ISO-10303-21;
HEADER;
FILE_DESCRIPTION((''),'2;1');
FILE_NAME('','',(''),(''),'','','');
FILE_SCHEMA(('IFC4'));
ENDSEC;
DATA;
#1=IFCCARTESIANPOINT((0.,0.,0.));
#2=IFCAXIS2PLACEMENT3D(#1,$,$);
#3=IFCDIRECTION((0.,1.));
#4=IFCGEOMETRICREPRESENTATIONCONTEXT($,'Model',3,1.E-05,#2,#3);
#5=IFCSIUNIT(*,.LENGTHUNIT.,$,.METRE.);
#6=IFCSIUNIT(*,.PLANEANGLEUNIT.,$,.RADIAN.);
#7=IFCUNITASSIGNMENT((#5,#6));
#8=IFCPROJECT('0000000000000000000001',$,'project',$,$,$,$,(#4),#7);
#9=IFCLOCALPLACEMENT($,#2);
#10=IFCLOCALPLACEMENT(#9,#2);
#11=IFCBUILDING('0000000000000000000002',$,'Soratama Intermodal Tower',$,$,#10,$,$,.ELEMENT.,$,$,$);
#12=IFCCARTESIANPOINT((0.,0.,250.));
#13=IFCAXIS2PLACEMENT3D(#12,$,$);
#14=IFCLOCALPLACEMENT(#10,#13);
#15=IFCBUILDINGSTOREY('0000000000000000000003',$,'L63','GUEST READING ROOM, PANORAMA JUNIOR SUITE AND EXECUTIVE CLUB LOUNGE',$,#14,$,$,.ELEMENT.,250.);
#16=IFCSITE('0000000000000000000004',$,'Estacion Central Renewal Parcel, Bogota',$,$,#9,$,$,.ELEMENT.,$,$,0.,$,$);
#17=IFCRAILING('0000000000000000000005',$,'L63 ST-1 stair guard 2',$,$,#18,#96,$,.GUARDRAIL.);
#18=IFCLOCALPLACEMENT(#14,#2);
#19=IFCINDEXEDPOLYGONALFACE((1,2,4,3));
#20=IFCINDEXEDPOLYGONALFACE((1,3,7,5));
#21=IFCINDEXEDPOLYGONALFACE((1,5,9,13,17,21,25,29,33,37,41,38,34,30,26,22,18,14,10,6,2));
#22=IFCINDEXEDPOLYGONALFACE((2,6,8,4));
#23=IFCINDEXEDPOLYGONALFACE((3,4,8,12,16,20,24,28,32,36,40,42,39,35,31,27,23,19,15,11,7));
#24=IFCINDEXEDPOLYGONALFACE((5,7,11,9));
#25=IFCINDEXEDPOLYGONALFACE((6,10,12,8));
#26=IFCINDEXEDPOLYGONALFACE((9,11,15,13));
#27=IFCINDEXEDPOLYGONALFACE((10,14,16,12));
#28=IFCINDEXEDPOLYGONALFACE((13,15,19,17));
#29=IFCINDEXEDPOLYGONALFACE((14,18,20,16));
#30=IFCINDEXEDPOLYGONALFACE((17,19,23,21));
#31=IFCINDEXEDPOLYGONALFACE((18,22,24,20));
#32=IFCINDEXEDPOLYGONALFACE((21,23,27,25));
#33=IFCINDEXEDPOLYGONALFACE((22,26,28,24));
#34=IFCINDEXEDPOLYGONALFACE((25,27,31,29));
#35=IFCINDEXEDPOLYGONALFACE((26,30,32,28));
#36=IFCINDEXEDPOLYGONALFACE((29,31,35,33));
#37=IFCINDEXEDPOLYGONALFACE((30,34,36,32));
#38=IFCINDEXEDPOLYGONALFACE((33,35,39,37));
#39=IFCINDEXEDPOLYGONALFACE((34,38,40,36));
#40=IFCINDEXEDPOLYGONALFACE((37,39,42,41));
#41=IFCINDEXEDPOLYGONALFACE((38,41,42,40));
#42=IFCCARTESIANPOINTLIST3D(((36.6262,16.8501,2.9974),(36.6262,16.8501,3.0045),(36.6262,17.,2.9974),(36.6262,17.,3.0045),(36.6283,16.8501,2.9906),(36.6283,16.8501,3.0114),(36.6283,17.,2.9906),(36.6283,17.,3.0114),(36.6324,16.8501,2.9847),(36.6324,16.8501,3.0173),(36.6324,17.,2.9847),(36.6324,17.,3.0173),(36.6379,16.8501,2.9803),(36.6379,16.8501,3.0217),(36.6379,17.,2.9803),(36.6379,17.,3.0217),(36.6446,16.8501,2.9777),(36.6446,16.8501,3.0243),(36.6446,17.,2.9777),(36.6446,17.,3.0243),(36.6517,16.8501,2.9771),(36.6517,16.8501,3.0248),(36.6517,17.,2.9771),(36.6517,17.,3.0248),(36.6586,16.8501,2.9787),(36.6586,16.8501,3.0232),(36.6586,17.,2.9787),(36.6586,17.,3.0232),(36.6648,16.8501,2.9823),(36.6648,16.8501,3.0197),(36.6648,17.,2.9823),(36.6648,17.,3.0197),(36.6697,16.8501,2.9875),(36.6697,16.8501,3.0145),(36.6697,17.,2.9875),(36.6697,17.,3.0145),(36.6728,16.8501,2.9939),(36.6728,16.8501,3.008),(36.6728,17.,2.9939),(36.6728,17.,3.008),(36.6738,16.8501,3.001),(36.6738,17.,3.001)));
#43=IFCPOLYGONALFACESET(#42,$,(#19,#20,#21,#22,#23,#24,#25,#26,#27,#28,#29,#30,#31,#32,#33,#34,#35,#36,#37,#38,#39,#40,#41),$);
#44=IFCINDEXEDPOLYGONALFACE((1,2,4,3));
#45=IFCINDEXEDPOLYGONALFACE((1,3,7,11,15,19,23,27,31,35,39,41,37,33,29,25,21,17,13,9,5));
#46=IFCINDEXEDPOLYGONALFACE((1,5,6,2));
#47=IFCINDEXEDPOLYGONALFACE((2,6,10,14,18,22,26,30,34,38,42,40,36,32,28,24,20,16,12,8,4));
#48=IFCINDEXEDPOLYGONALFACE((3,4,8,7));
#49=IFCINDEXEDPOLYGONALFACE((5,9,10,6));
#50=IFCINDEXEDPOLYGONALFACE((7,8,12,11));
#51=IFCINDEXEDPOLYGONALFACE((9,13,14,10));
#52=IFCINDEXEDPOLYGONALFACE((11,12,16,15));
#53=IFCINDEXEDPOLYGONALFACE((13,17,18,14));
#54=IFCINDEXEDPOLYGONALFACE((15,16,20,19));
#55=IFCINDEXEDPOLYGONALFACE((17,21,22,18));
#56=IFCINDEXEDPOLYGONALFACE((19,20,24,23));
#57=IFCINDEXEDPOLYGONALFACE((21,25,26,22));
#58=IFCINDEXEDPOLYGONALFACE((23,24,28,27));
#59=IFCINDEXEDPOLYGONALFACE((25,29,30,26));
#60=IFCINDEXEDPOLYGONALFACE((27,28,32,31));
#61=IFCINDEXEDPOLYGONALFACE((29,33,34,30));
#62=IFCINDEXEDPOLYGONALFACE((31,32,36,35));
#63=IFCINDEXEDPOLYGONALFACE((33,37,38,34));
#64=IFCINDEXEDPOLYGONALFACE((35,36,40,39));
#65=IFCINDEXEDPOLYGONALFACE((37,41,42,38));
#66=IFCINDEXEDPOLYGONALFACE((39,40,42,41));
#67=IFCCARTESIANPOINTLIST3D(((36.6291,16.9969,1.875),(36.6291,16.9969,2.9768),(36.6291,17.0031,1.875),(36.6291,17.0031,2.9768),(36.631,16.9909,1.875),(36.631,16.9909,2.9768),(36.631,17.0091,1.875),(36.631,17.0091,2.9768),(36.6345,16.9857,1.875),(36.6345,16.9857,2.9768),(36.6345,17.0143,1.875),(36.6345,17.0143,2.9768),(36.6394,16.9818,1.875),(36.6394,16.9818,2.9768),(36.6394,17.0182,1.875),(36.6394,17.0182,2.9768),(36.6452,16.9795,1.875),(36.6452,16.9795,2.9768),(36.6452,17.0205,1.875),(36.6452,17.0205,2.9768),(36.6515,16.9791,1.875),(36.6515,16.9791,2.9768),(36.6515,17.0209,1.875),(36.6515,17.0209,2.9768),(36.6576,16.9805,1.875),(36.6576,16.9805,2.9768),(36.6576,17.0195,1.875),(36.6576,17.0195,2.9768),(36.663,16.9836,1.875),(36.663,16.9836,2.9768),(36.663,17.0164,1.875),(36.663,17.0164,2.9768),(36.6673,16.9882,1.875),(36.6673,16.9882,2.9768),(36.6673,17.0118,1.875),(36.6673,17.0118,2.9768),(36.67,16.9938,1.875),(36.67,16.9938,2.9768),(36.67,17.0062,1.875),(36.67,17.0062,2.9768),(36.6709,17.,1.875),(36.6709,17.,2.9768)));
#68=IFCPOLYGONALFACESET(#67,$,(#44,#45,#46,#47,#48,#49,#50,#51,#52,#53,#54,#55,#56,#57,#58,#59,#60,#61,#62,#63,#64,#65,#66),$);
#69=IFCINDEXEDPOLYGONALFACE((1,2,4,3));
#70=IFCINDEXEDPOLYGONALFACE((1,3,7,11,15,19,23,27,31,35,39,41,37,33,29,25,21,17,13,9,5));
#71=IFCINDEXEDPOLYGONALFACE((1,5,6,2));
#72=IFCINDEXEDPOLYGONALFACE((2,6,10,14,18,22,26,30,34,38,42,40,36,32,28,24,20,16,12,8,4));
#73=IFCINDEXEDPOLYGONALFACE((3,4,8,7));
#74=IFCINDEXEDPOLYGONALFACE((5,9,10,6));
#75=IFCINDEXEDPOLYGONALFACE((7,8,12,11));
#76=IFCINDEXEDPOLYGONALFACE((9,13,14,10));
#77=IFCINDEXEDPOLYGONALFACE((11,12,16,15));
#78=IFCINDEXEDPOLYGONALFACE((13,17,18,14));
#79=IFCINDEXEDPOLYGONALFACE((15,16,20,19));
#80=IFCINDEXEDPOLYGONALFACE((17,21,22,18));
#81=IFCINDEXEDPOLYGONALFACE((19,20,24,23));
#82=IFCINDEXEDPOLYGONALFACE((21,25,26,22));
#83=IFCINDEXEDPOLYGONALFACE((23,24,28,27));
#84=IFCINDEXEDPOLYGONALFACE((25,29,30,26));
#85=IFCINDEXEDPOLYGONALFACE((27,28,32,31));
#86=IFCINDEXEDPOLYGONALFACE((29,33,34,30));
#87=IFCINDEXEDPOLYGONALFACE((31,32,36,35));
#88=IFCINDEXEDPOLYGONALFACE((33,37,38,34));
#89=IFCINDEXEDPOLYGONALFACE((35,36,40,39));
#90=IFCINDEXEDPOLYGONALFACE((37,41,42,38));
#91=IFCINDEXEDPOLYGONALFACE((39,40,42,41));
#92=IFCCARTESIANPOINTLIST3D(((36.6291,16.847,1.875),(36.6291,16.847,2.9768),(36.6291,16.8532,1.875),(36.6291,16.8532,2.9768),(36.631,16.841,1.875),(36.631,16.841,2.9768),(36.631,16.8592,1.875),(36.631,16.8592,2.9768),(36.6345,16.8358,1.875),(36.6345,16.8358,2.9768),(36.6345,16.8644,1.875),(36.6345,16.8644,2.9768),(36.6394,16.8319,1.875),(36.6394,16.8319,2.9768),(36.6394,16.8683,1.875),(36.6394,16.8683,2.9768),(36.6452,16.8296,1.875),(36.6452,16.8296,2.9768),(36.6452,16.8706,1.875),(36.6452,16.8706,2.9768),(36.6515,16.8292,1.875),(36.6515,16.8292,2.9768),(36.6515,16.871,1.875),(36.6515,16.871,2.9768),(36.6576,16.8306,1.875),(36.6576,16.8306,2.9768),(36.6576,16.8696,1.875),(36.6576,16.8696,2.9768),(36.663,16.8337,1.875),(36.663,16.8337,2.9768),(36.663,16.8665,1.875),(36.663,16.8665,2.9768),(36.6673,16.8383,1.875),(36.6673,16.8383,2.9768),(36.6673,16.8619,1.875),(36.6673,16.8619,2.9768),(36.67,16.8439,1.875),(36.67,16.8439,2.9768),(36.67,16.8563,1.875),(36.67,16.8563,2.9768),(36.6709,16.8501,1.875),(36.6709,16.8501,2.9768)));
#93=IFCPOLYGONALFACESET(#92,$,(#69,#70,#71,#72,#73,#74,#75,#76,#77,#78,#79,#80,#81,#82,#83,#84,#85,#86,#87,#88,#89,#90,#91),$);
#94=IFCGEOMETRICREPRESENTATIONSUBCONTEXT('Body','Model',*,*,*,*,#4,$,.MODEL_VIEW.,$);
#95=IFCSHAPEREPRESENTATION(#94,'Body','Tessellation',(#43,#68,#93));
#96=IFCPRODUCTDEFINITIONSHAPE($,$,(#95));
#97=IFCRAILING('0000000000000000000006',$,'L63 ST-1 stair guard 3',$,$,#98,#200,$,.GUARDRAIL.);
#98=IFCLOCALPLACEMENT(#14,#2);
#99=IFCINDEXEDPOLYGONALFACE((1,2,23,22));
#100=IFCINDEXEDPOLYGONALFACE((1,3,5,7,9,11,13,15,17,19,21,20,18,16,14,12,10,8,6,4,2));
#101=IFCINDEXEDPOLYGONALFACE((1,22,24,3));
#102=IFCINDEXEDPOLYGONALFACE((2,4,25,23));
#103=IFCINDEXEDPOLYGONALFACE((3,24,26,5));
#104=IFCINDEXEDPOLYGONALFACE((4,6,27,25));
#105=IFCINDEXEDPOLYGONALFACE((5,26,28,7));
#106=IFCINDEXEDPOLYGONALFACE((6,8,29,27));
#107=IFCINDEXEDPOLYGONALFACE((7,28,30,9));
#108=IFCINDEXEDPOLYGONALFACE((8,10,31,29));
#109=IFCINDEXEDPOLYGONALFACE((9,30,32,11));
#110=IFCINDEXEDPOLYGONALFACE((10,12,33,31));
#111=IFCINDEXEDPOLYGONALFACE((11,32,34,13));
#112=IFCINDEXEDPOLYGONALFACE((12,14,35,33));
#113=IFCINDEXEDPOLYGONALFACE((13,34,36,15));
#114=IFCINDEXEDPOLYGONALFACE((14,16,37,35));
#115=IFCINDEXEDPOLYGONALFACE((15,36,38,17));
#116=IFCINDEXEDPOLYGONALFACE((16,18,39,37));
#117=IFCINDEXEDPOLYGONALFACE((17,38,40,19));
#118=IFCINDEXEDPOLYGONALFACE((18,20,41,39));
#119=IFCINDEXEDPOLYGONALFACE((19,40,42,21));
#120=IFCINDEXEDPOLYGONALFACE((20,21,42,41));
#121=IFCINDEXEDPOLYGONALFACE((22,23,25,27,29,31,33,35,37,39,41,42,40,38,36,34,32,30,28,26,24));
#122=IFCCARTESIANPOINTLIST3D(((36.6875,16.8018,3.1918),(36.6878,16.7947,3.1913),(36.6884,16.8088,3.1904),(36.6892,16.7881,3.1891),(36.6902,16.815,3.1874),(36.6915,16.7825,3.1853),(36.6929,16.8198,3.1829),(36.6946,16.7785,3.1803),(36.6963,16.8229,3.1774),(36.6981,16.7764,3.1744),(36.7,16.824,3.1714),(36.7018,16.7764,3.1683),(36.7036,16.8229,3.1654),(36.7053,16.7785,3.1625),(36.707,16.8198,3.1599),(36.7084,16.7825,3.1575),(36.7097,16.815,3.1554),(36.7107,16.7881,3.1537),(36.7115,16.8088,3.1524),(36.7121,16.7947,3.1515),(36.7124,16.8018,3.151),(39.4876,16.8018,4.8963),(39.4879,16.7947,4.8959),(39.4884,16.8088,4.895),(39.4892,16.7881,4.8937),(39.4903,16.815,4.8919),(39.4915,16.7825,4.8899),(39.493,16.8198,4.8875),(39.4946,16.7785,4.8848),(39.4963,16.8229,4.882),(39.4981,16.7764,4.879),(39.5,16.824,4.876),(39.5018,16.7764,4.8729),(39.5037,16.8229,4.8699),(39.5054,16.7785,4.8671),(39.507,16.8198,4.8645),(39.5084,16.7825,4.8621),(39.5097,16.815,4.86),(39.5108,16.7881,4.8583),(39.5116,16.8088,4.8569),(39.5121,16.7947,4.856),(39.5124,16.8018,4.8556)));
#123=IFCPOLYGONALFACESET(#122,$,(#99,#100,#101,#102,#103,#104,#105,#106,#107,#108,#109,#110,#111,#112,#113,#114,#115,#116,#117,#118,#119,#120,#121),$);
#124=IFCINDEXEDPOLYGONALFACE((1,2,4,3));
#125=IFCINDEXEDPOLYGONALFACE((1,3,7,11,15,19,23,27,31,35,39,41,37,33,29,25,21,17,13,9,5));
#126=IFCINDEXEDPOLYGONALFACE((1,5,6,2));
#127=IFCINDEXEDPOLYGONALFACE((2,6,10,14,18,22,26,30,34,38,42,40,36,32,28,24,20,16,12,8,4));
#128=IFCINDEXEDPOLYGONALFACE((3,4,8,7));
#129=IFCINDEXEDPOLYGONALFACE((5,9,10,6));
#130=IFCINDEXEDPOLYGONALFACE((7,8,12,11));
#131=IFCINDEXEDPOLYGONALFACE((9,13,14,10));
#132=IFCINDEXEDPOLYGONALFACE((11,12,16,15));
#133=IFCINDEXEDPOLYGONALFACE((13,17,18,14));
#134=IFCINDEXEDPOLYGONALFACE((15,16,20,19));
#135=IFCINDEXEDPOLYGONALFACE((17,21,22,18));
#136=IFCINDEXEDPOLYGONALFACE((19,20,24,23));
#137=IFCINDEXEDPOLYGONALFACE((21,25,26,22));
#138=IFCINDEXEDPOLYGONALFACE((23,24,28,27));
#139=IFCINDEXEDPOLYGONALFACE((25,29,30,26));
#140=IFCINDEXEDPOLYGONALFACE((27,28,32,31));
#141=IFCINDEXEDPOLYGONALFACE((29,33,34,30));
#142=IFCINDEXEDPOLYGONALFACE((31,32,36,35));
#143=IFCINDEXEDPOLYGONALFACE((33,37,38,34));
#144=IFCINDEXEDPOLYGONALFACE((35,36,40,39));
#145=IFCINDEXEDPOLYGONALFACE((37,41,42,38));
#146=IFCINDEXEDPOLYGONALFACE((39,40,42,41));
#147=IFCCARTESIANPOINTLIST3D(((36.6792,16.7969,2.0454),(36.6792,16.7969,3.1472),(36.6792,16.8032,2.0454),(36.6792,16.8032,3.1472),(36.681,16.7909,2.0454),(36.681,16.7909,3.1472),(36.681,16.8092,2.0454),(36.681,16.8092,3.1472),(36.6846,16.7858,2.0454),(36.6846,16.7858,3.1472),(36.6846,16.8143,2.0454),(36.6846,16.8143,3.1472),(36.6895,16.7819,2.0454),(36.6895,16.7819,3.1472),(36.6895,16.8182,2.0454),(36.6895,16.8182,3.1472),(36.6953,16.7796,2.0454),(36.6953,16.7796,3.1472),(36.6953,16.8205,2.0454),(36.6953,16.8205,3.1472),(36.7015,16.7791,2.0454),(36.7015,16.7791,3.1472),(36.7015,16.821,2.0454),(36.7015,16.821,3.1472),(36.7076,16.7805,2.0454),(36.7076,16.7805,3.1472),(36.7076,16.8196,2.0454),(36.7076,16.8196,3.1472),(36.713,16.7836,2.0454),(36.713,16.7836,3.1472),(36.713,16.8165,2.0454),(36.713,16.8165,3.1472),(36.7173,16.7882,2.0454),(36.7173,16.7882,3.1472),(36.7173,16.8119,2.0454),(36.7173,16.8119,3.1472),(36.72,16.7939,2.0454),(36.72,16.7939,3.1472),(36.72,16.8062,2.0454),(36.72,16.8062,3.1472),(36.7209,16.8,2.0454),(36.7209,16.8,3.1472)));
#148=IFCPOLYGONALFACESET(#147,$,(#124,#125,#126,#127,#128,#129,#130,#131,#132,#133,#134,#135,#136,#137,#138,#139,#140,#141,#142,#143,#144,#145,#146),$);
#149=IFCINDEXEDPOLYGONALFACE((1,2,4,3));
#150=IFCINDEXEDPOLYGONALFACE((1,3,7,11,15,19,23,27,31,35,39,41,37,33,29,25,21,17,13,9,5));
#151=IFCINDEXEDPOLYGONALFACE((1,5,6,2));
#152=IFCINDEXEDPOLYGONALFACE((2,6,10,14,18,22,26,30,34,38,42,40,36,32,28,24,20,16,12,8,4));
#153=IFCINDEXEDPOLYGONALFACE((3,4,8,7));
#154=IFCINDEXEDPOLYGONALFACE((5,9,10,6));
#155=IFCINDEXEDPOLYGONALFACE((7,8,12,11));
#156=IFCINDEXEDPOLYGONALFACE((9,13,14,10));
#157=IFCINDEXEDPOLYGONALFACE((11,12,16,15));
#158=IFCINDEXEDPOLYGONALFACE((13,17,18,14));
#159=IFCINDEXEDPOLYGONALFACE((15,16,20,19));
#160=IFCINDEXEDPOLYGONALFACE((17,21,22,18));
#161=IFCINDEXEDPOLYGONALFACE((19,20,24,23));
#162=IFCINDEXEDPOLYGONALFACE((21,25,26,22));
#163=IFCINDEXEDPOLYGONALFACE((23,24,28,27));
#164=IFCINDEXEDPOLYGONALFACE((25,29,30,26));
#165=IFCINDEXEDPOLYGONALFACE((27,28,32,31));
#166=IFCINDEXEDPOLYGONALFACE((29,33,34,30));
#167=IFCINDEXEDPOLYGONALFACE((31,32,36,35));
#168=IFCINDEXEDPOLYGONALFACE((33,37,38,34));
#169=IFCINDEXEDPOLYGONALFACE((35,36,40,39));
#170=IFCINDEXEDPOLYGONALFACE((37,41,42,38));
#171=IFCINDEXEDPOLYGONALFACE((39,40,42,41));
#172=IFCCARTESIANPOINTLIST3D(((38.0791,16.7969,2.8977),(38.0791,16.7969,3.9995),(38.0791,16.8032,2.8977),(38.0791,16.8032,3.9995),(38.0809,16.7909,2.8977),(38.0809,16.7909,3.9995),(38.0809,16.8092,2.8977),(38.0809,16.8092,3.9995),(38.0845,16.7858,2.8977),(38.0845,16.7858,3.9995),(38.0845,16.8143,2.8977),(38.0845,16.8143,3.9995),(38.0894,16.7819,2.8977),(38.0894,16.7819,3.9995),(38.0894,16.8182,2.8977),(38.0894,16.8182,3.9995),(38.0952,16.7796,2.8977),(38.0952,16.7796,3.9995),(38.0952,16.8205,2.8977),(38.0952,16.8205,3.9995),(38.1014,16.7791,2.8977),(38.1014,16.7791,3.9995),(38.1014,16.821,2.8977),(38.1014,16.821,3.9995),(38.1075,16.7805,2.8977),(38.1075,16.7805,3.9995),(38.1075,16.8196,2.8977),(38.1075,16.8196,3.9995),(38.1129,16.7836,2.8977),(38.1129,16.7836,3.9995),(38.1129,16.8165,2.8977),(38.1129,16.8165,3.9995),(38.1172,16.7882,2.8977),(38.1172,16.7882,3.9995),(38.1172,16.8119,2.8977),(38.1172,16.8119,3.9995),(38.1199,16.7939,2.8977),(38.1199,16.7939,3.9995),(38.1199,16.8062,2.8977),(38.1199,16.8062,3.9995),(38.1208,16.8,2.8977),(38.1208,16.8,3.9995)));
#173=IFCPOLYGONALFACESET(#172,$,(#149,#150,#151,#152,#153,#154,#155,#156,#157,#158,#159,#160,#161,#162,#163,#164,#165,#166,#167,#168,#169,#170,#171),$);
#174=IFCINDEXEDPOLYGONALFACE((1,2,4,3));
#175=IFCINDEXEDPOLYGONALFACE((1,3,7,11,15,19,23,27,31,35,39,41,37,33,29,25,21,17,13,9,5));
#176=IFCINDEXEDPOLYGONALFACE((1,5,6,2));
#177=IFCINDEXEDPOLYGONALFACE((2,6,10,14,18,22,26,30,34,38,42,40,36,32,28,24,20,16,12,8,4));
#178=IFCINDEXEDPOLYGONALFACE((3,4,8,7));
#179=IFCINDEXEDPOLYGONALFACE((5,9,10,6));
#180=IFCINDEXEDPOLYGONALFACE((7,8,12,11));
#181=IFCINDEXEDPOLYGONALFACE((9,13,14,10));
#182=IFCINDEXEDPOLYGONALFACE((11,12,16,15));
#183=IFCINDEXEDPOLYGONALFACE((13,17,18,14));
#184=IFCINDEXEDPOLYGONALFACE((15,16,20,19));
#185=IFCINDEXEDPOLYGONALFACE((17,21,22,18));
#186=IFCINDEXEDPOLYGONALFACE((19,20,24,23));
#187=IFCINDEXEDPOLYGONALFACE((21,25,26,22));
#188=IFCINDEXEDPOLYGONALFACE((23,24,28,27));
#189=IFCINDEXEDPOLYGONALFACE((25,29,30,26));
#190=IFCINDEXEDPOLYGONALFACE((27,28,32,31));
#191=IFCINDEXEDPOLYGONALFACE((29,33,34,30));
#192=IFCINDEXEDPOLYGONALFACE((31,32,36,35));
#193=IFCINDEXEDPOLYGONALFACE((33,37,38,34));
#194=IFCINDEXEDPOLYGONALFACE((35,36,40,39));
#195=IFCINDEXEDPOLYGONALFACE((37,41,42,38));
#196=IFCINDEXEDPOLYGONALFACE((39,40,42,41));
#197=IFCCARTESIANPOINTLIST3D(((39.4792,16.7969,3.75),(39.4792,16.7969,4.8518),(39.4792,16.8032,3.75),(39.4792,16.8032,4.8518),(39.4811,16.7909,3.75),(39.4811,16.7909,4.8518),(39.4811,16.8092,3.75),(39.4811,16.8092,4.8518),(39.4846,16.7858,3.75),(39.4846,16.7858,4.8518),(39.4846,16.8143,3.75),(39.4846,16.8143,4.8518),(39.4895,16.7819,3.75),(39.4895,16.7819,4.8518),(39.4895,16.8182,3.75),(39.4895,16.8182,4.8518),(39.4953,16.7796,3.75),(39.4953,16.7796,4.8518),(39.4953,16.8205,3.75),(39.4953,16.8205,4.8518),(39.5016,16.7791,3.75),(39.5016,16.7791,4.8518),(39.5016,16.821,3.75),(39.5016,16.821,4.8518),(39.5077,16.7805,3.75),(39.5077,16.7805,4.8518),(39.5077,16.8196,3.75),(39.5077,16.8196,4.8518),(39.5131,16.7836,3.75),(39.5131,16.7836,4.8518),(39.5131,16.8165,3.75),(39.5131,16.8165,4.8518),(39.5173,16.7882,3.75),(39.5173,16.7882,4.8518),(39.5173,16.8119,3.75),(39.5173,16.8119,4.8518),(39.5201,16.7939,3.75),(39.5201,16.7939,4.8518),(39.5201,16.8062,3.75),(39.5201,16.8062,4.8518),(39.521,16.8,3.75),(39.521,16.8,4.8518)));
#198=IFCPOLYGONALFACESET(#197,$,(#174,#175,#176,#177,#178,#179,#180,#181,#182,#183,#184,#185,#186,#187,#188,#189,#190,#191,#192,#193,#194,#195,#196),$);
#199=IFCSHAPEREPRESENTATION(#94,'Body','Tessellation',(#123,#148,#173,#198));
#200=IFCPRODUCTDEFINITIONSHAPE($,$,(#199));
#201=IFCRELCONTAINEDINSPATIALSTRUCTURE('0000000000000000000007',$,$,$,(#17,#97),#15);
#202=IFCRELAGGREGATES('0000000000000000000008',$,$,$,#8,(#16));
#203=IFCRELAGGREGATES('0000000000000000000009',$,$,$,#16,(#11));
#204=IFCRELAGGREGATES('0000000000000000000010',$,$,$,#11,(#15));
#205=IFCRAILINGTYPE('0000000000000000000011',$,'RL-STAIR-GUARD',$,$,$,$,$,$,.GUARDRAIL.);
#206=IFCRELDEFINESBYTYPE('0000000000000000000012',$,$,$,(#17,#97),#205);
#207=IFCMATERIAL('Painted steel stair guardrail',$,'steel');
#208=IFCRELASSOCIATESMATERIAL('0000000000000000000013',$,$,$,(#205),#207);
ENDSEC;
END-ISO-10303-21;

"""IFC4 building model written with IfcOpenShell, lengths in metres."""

from ifc_helpers import new_model, si_unit, direction, frame, origin, origin_2d, place, context, subcontext, project, spatial, circle, extrude, material, type_object, element, save


model = new_model("IFC4")

# Units and contexts
model_context = context("Model", 3, precision=1e-05, world=origin(), true_north=direction((0.0, 1.0)))
body_context = subcontext(model_context, "Body", "Model", "MODEL_VIEW")
ifc_project = project(units=[si_unit("LENGTHUNIT", "METRE"), si_unit("PLANEANGLEUNIT", "RADIAN")], contexts=[model_context])

# Site, building, storey
site_placement = place(None, origin())
site = spatial("IfcSite", under=ifc_project, at=site_placement, Name="Estacion Central Renewal Parcel, Bogota", CompositionType="ELEMENT", RefElevation=0.0)
building_placement = place(site_placement, origin())
building = spatial("IfcBuilding", under=site, at=building_placement, Name="Soratama Intermodal Tower", CompositionType="ELEMENT")
storey_placement = place(building_placement, frame((0.0, 0.0, 250.0)))
storey = spatial("IfcBuildingStorey", under=building, at=storey_placement, Name="L63", Description="GUEST READING ROOM, PANORAMA JUNIOR SUITE AND EXECUTIVE CLUB LOUNGE", CompositionType="ELEMENT", Elevation=250.0)

# Railings
ifc_material_1 = material(Name="Painted steel stair guardrail", Category="steel")
railing_type_1 = type_object("IfcRailingType", Name="RL-STAIR-GUARD", PredefinedType="GUARDRAIL", material=ifc_material_1)
railing_1_placement = place(storey_placement, frame((36.6499, 17.0, 1.875)))
element("IfcRailing", 1, at=railing_1_placement, inside=storey, type_object=railing_type_1, Name="L63 ST-1 stair guard 2", PredefinedType="GUARDRAIL", context=body_context, shape_type="SweptSolid", body=[
    extrude(circle(Radius=0.0239, at=origin_2d()), frame((0.0, 0.0, 1.126), z_axis=(0.0, -1.0, 0.0), x_axis=(1.0, 0.0, 0.0)), (0.0, 0.0, 1.0), 0.1499),
    extrude(circle(Radius=0.021, at=origin_2d()), origin(), (0.0, 0.0, 1.0), 1.1018),
    extrude(circle(Radius=0.021, at=origin_2d()), frame((0.0, -0.1499, 0.0)), (0.0, 0.0, 1.0), 1.1018),
])
railing_2_placement = place(storey_placement, frame((36.7, 16.8, 2.0454)))
element("IfcRailing", 2, at=railing_2_placement, inside=storey, type_object=railing_type_1, Name="L63 ST-1 stair guard 3", PredefinedType="GUARDRAIL", context=body_context, shape_type="SweptSolid", body=[
    extrude(circle(Radius=0.0239, at=origin_2d()), frame((0.0, 0.0, 1.126), z_axis=(0.85417, 0.0, 0.519994), x_axis=(0.0, 1.0, 0.0)), (0.0, 0.0, 1.0), 3.2781),
    extrude(circle(Radius=0.021, at=origin_2d()), origin(), (0.0, 0.0, 1.0), 1.1018),
    extrude(circle(Radius=0.021, at=origin_2d()), frame((1.3999, 0.0, 0.8523)), (0.0, 0.0, 1.0), 1.1018),
    extrude(circle(Radius=0.021, at=origin_2d()), frame((2.8, 0.0, 1.7046)), (0.0, 0.0, 1.0), 1.1018),
])

save(model, "model.ifc")
